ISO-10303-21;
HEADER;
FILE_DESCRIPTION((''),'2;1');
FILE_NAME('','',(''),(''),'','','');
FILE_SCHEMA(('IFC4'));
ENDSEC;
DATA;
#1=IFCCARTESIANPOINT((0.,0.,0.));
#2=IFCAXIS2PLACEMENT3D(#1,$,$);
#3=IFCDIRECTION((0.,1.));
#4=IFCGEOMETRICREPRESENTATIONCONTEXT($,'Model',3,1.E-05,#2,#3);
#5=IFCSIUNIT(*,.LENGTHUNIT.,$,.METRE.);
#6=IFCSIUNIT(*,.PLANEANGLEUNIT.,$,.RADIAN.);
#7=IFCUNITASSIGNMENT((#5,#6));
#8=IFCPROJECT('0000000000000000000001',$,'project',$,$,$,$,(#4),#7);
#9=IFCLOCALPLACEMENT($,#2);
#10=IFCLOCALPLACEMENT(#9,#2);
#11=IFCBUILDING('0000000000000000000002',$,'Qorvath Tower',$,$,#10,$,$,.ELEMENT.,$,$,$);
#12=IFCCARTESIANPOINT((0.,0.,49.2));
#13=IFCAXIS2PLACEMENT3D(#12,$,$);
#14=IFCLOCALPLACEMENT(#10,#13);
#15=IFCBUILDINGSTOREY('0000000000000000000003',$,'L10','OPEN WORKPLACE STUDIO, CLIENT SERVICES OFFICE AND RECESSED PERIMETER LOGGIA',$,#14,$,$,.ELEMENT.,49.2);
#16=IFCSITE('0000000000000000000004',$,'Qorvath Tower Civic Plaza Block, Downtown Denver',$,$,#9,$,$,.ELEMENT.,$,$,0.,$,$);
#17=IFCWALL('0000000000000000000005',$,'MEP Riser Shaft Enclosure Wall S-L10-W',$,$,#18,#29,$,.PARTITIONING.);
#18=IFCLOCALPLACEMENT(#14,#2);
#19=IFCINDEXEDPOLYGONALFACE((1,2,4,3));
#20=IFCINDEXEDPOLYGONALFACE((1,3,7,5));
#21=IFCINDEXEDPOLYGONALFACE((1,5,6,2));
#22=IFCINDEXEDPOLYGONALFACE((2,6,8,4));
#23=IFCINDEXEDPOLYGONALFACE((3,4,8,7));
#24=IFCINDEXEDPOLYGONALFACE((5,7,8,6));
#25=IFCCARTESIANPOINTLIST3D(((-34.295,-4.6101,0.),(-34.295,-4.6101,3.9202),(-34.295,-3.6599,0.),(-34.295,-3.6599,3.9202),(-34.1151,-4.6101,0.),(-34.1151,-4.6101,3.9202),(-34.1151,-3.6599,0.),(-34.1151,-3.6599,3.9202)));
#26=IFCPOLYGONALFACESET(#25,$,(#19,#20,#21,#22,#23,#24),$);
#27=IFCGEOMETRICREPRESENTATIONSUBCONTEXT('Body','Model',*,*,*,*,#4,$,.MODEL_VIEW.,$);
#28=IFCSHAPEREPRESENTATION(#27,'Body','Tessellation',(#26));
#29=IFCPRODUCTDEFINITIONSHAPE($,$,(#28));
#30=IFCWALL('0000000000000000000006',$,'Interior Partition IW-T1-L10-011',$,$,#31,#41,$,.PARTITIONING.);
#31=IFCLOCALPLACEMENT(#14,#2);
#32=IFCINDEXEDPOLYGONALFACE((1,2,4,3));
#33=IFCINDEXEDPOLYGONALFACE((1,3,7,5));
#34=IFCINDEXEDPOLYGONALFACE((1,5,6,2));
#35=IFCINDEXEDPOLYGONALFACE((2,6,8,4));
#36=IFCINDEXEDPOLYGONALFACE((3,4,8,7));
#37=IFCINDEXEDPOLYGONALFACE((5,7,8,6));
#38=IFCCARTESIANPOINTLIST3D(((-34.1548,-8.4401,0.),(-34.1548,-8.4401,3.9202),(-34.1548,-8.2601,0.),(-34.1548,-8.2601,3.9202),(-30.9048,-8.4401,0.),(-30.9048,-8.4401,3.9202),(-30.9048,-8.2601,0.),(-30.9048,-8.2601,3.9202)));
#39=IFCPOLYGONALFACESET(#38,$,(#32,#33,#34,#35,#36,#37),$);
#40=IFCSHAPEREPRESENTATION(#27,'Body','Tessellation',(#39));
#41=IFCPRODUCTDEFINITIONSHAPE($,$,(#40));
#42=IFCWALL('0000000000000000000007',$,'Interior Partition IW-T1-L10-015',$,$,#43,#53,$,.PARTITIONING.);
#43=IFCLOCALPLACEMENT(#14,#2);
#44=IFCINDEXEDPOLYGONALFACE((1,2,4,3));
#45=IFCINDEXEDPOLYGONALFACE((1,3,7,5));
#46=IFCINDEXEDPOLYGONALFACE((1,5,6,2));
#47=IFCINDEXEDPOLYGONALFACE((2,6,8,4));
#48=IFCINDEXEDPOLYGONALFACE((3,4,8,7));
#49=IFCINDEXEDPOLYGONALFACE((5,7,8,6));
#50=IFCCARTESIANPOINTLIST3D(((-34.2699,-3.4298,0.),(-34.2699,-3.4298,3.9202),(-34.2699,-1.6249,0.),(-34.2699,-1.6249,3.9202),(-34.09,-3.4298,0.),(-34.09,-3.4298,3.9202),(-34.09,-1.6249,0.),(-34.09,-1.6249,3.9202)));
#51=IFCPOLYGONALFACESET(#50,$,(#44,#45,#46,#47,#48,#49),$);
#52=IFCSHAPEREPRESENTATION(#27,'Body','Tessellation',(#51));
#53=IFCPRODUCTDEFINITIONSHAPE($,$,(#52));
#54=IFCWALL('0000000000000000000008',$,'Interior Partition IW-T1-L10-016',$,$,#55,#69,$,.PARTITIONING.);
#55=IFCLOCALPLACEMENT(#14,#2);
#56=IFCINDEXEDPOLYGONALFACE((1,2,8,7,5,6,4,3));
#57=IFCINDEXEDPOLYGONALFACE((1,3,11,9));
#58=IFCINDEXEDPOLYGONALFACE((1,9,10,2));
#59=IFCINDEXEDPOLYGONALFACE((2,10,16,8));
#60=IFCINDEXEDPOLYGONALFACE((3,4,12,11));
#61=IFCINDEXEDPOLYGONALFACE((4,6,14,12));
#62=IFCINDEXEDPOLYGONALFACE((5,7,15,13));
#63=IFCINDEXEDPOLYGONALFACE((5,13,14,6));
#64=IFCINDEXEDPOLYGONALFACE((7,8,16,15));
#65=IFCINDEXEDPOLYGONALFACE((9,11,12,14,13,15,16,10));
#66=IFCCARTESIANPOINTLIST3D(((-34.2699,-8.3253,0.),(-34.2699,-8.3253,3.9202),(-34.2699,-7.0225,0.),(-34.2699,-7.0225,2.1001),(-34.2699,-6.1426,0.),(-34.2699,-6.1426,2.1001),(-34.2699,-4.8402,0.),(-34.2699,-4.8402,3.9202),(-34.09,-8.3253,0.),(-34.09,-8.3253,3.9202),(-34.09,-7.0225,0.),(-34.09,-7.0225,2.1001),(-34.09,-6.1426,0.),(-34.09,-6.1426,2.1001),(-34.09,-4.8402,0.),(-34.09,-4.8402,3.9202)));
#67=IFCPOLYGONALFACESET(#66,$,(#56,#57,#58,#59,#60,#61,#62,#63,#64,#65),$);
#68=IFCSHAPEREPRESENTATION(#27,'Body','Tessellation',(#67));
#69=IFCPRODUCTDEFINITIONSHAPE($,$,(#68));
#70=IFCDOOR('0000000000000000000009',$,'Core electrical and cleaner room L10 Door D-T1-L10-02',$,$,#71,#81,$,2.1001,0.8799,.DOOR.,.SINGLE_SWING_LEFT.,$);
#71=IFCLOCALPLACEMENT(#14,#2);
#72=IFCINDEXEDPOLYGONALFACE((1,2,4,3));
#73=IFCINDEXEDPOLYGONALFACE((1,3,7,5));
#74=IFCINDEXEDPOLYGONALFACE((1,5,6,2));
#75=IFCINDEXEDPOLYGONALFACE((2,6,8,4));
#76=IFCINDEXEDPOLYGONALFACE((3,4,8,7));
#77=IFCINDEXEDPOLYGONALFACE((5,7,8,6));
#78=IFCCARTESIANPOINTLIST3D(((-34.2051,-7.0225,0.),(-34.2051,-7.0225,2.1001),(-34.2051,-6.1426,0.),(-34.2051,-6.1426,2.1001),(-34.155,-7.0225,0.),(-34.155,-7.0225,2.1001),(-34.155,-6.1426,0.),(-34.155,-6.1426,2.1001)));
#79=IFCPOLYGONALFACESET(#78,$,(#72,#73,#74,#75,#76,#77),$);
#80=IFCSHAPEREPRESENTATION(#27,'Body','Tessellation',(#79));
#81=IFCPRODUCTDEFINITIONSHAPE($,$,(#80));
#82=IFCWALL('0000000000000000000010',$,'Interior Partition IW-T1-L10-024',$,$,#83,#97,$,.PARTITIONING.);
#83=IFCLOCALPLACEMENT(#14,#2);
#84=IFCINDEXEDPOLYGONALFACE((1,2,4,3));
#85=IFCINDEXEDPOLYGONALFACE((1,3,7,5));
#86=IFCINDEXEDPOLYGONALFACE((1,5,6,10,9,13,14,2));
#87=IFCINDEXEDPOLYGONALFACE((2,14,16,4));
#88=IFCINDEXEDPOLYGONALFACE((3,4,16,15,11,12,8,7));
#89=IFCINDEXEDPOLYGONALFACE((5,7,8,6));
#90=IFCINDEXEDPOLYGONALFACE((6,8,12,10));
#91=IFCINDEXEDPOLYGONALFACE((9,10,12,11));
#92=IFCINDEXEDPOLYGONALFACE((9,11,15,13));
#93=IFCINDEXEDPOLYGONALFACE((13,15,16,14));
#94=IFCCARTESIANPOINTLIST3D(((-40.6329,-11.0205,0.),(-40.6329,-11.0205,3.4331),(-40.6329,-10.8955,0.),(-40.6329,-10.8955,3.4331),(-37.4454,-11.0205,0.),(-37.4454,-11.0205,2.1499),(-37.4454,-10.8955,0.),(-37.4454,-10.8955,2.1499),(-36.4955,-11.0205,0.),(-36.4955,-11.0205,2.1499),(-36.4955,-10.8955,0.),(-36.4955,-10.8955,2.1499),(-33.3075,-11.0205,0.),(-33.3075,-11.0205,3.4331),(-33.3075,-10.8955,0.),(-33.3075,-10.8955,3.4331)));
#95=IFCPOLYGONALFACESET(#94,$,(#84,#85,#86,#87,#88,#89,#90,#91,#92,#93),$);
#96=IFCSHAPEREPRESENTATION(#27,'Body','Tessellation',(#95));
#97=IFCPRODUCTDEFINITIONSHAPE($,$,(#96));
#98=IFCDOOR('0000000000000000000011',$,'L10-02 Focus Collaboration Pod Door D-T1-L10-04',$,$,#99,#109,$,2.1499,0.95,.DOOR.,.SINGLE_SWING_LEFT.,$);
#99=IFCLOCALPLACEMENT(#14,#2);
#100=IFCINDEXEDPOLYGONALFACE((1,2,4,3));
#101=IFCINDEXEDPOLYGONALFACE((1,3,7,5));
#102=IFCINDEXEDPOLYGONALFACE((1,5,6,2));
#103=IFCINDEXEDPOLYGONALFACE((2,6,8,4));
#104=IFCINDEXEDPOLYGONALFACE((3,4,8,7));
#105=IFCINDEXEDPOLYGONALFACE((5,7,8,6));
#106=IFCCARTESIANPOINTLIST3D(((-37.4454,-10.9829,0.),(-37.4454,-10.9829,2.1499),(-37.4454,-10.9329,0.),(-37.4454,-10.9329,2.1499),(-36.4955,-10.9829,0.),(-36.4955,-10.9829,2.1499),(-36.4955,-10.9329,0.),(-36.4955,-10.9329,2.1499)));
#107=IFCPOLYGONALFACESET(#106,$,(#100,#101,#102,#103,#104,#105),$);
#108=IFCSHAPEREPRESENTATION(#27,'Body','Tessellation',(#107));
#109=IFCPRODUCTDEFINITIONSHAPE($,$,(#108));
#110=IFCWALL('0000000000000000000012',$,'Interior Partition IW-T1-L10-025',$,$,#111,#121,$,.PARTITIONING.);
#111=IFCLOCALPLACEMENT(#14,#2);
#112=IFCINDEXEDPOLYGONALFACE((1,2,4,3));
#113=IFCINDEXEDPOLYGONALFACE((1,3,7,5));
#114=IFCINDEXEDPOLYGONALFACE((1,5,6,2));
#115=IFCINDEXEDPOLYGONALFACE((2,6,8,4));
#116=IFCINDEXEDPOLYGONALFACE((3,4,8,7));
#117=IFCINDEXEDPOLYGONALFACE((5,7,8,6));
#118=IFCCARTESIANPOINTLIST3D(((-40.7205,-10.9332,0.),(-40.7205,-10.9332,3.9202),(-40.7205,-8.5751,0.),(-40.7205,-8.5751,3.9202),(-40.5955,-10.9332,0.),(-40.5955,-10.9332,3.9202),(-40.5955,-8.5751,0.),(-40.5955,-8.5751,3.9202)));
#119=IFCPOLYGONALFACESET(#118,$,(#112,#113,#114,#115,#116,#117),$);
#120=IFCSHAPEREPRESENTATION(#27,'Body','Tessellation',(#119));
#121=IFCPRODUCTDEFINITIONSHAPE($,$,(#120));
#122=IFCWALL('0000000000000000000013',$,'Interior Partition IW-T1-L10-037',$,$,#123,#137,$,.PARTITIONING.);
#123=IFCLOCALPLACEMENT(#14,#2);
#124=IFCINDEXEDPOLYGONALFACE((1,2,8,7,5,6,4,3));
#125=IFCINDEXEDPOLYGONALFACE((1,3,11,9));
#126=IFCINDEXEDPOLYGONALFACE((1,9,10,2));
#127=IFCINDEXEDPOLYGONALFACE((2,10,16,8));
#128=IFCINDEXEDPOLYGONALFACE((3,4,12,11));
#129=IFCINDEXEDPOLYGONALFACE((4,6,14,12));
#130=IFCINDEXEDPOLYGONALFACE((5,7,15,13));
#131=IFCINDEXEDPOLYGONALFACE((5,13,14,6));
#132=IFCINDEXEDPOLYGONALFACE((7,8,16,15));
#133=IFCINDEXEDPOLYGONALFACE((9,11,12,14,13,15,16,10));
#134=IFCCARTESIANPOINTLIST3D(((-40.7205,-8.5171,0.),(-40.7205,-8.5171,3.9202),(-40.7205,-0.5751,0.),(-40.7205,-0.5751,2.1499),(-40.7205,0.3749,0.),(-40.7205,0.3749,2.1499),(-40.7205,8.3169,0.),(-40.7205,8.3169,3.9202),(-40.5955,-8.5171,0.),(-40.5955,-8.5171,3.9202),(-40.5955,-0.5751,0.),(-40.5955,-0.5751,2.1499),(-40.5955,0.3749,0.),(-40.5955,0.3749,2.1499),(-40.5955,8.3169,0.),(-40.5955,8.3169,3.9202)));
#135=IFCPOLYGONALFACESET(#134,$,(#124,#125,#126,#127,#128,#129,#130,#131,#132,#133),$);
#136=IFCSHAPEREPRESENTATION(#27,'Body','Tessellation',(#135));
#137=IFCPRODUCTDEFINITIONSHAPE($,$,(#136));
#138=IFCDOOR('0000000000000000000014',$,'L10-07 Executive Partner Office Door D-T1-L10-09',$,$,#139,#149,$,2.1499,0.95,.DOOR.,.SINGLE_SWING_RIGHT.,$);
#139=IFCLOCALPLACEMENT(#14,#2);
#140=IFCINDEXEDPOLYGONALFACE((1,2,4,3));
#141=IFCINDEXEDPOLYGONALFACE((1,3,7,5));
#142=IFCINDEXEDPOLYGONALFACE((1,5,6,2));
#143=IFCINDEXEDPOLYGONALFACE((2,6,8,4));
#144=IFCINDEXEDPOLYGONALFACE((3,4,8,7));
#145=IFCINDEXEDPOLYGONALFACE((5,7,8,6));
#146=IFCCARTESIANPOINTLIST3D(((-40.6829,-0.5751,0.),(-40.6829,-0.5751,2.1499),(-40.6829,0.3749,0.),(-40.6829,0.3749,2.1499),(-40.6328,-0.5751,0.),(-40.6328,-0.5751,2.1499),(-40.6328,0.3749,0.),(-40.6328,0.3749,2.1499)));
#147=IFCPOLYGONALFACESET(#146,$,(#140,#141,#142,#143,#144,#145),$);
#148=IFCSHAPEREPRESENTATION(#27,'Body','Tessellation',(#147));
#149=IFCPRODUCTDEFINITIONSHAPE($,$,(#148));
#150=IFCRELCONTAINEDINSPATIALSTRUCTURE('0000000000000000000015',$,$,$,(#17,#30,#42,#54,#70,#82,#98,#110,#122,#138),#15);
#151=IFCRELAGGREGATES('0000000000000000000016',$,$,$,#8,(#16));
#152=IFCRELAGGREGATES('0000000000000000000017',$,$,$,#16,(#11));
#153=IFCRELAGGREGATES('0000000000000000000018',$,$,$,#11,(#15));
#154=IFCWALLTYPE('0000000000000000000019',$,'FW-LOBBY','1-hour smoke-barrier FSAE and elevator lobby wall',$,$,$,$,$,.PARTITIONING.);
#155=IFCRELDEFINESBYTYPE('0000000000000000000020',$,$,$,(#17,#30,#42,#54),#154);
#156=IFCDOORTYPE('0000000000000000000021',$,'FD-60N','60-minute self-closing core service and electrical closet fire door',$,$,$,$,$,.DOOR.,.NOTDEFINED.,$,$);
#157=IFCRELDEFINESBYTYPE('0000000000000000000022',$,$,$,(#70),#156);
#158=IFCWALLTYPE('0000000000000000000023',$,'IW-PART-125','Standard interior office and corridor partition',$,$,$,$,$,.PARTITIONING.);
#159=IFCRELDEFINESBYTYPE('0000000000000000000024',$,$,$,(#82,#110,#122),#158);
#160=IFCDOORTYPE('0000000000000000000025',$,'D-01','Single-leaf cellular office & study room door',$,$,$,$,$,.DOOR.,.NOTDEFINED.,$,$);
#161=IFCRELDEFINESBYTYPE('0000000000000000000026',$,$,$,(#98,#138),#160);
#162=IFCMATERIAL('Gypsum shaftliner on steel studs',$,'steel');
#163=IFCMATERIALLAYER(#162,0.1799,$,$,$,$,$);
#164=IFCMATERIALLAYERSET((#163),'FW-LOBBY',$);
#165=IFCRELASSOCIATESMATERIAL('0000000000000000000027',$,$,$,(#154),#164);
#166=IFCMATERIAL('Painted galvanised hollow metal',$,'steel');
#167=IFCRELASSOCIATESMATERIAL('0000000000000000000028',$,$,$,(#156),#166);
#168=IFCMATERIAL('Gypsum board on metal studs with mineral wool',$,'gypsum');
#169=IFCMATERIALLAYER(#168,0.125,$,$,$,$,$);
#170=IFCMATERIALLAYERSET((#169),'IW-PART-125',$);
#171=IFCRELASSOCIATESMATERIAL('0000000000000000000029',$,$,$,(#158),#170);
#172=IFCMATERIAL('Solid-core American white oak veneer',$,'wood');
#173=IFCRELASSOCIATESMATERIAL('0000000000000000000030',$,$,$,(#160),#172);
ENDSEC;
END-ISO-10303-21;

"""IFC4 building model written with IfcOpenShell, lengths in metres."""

from ifc_helpers import new_model, si_unit, direction, frame, frame_2d, origin, place, context, subcontext, project, spatial, rectangle, extrude, material, layer, layer_set, type_object, element, fill, save


model = new_model("IFC4")

# Units and contexts
model_context = context("Model", 3, precision=1e-05, world=origin(), true_north=direction((0.0, 1.0)))
body_context = subcontext(model_context, "Body", "Model", "MODEL_VIEW")
ifc_project = project(units=[si_unit("LENGTHUNIT", "METRE"), si_unit("PLANEANGLEUNIT", "RADIAN")], contexts=[model_context])

# Site, building, storey
site_placement = place(None, origin())
site = spatial("IfcSite", under=ifc_project, at=site_placement, Name="Qorvath Tower Civic Plaza Block, Downtown Denver", CompositionType="ELEMENT", RefElevation=0.0)
building_placement = place(site_placement, origin())
building = spatial("IfcBuilding", under=site, at=building_placement, Name="Qorvath Tower", CompositionType="ELEMENT")
storey_placement = place(building_placement, frame((0.0, 0.0, 49.2)))
storey = spatial("IfcBuildingStorey", under=building, at=storey_placement, Name="L10", Description="OPEN WORKPLACE STUDIO, CLIENT SERVICES OFFICE AND RECESSED PERIMETER LOGGIA", CompositionType="ELEMENT", Elevation=49.2)

# Walls
ifc_material_1 = material(Name="Gypsum shaftliner on steel studs", Category="steel")
ifc_layer_1 = layer(ifc_material_1, 0.1799)
ifc_layer_set_1 = layer_set([ifc_layer_1], Name="FW-LOBBY")
wall_type_1 = type_object("IfcWallType", Name="FW-LOBBY", Description="1-hour smoke-barrier FSAE and elevator lobby wall", PredefinedType="PARTITIONING", material=ifc_layer_set_1)
wall_1_placement = place(storey_placement, frame((-34.2051, -4.6101, 0.0), z_axis=(0.0, 0.0, 1.0), x_axis=(0.0, 1.0, 0.0)))
element("IfcWall", 1, at=wall_1_placement, inside=storey, type_object=wall_type_1, Name="MEP Riser Shaft Enclosure Wall S-L10-W", PredefinedType="PARTITIONING", context=body_context, shape_type="SweptSolid", body=[
    extrude(rectangle(XDim=0.9502, YDim=0.1799, at=frame_2d((0.4751, 0.0))), origin(), (0.0, 0.0, 1.0), 3.9202),
])
wall_2_placement = place(storey_placement, frame((-34.1548, -8.3501, 0.0), z_axis=(0.0, 0.0, 1.0), x_axis=(1.0, 0.0, 0.0)))
element("IfcWall", 2, at=wall_2_placement, inside=storey, type_object=wall_type_1, Name="Interior Partition IW-T1-L10-011", PredefinedType="PARTITIONING", context=body_context, shape_type="SweptSolid", body=[
    extrude(rectangle(XDim=3.25, YDim=0.1799, at=frame_2d((1.625, 0.0))), origin(), (0.0, 0.0, 1.0), 3.9202),
])
wall_3_placement = place(storey_placement, frame((-34.1799, -1.625, 0.0), z_axis=(0.0, 0.0, 1.0), x_axis=(0.0, -1.0, 0.0)))
element("IfcWall", 3, at=wall_3_placement, inside=storey, type_object=wall_type_1, Name="Interior Partition IW-T1-L10-015", PredefinedType="PARTITIONING", context=body_context, shape_type="SweptSolid", body=[
    extrude(rectangle(XDim=1.8049, YDim=0.1799, at=frame_2d((0.9023, 0.0))), origin(), (0.0, 0.0, 1.0), 3.9202),
])

# Walls, openings, doors
wall_4_placement = place(storey_placement, frame((-34.1799, -4.8401, 0.0), z_axis=(0.0, 0.0, 1.0), x_axis=(0.0, -1.0, 0.0)))
wall_4 = element("IfcWall", 4, at=wall_4_placement, inside=storey, type_object=wall_type_1, Name="Interior Partition IW-T1-L10-016", PredefinedType="PARTITIONING", context=body_context, shape_type="SweptSolid", body=[
    extrude(rectangle(XDim=3.4851, YDim=0.1799, at=frame_2d((1.7427, 0.0))), origin(), (0.0, 0.0, 1.0), 3.9202),
])
opening_1_placement = place(wall_4_placement, frame((1.3025, 0.0, 0.0)))
opening_1 = element("IfcOpeningElement", 5, at=opening_1_placement, cuts=wall_4, PredefinedType="OPENING", context=body_context, shape_type="SweptSolid", body=[
    extrude(rectangle(XDim=0.8799, YDim=2.1001, at=frame_2d((0.4399, 1.05))), frame((0.0, 0.1001, 0.0), z_axis=(0.0, -1.0, 0.0), x_axis=(1.0, 0.0, 0.0)), (0.0, 0.0, 1.0), 0.2),
])
ifc_material_2 = material(Name="Painted galvanised hollow metal", Category="steel")
door_type_1 = type_object("IfcDoorType", Name="FD-60N", Description="60-minute self-closing core service and electrical closet fire door", OperationType="NOTDEFINED", PredefinedType="DOOR", material=ifc_material_2)
door_1_placement = place(opening_1_placement, origin())
door_1 = element("IfcDoor", 6, at=door_1_placement, inside=storey, type_object=door_type_1, Name="Core electrical and cleaner room L10 Door D-T1-L10-02", OperationType="SINGLE_SWING_LEFT", OverallHeight=2.1001, OverallWidth=0.8799, PredefinedType="DOOR", context=body_context, shape_type="SweptSolid", body=[
    extrude(rectangle(XDim=0.8799, YDim=2.1001, at=frame_2d((0.4399, 1.05))), frame((0.0, 0.0249, 0.0), z_axis=(0.0, -1.0, 0.0), x_axis=(1.0, 0.0, 0.0)), (0.0, 0.0, 1.0), 0.05),
])
fill(opening_1, door_1)
ifc_material_3 = material(Name="Gypsum board on metal studs with mineral wool", Category="gypsum")
ifc_layer_2 = layer(ifc_material_3, 0.125)
ifc_layer_set_2 = layer_set([ifc_layer_2], Name="IW-PART-125")
wall_type_2 = type_object("IfcWallType", Name="IW-PART-125", Description="Standard interior office and corridor partition", PredefinedType="PARTITIONING", material=ifc_layer_set_2)
wall_5_placement = place(storey_placement, frame((-33.3076, -10.958, 0.0), z_axis=(0.0, 0.0, 1.0), x_axis=(-1.0, 0.0, 0.0)))
wall_5 = element("IfcWall", 7, at=wall_5_placement, inside=storey, type_object=wall_type_2, Name="Interior Partition IW-T1-L10-024", PredefinedType="PARTITIONING", context=body_context, shape_type="SweptSolid", body=[
    extrude(rectangle(XDim=7.3254, YDim=0.125, at=frame_2d((3.6626, 0.0))), origin(), (0.0, 0.0, 1.0), 3.4331),
])
opening_2_placement = place(wall_5_placement, frame((3.1877, 0.0, 0.0)))
opening_2 = element("IfcOpeningElement", 8, at=opening_2_placement, cuts=wall_5, PredefinedType="OPENING", context=body_context, shape_type="SweptSolid", body=[
    extrude(rectangle(XDim=0.95, YDim=2.1499, at=frame_2d((0.4751, 1.075))), frame((0.0, 0.0725, 0.0), z_axis=(0.0, -1.0, 0.0), x_axis=(1.0, 0.0, 0.0)), (0.0, 0.0, 1.0), 0.145),
])
ifc_material_4 = material(Name="Solid-core American white oak veneer", Category="wood")
door_type_2 = type_object("IfcDoorType", Name="D-01", Description="Single-leaf cellular office & study room door", OperationType="NOTDEFINED", PredefinedType="DOOR", material=ifc_material_4)
door_2_placement = place(opening_2_placement, origin())
door_2 = element("IfcDoor", 9, at=door_2_placement, inside=storey, type_object=door_type_2, Name="L10-02 Focus Collaboration Pod Door D-T1-L10-04", OperationType="SINGLE_SWING_LEFT", OverallHeight=2.1499, OverallWidth=0.95, PredefinedType="DOOR", context=body_context, shape_type="SweptSolid", body=[
    extrude(rectangle(XDim=0.95, YDim=2.1499, at=frame_2d((0.4751, 1.075))), frame((0.0, 0.0249, 0.0), z_axis=(0.0, -1.0, 0.0), x_axis=(1.0, 0.0, 0.0)), (0.0, 0.0, 1.0), 0.05),
])
fill(opening_2, door_2)

# Wall
wall_6_placement = place(storey_placement, frame((-40.658, -8.575, 0.0), z_axis=(0.0, 0.0, 1.0), x_axis=(0.0, -1.0, 0.0)))
element("IfcWall", 10, at=wall_6_placement, inside=storey, type_object=wall_type_2, Name="Interior Partition IW-T1-L10-025", PredefinedType="PARTITIONING", context=body_context, shape_type="SweptSolid", body=[
    extrude(rectangle(XDim=2.3582, YDim=0.125, at=frame_2d((1.1792, 0.0))), origin(), (0.0, 0.0, 1.0), 3.9202),
])

# Wall, opening, door
wall_7_placement = place(storey_placement, frame((-40.658, -8.5171, 0.0), z_axis=(0.0, 0.0, 1.0), x_axis=(0.0, 1.0, 0.0)))
wall_7 = element("IfcWall", 11, at=wall_7_placement, inside=storey, type_object=wall_type_2, Name="Interior Partition IW-T1-L10-037", PredefinedType="PARTITIONING", context=body_context, shape_type="SweptSolid", body=[
    extrude(rectangle(XDim=16.834, YDim=0.125, at=frame_2d((8.417, 0.0))), origin(), (0.0, 0.0, 1.0), 3.9202),
])
opening_3_placement = place(wall_7_placement, frame((7.9419, 0.0, 0.0)))
opening_3 = element("IfcOpeningElement", 12, at=opening_3_placement, cuts=wall_7, PredefinedType="OPENING", context=body_context, shape_type="SweptSolid", body=[
    extrude(rectangle(XDim=0.95, YDim=2.1499, at=frame_2d((0.4751, 1.075))), frame((0.0, 0.0725, 0.0), z_axis=(0.0, -1.0, 0.0), x_axis=(1.0, 0.0, 0.0)), (0.0, 0.0, 1.0), 0.145),
])
door_3_placement = place(opening_3_placement, origin())
door_3 = element("IfcDoor", 13, at=door_3_placement, inside=storey, type_object=door_type_2, Name="L10-07 Executive Partner Office Door D-T1-L10-09", OperationType="SINGLE_SWING_RIGHT", OverallHeight=2.1499, OverallWidth=0.95, PredefinedType="DOOR", context=body_context, shape_type="SweptSolid", body=[
    extrude(rectangle(XDim=0.95, YDim=2.1499, at=frame_2d((0.4751, 1.075))), frame((0.0, 0.0249, 0.0), z_axis=(0.0, -1.0, 0.0), x_axis=(1.0, 0.0, 0.0)), (0.0, 0.0, 1.0), 0.05),
])
fill(opening_3, door_3)

save(model, "model.ifc")
